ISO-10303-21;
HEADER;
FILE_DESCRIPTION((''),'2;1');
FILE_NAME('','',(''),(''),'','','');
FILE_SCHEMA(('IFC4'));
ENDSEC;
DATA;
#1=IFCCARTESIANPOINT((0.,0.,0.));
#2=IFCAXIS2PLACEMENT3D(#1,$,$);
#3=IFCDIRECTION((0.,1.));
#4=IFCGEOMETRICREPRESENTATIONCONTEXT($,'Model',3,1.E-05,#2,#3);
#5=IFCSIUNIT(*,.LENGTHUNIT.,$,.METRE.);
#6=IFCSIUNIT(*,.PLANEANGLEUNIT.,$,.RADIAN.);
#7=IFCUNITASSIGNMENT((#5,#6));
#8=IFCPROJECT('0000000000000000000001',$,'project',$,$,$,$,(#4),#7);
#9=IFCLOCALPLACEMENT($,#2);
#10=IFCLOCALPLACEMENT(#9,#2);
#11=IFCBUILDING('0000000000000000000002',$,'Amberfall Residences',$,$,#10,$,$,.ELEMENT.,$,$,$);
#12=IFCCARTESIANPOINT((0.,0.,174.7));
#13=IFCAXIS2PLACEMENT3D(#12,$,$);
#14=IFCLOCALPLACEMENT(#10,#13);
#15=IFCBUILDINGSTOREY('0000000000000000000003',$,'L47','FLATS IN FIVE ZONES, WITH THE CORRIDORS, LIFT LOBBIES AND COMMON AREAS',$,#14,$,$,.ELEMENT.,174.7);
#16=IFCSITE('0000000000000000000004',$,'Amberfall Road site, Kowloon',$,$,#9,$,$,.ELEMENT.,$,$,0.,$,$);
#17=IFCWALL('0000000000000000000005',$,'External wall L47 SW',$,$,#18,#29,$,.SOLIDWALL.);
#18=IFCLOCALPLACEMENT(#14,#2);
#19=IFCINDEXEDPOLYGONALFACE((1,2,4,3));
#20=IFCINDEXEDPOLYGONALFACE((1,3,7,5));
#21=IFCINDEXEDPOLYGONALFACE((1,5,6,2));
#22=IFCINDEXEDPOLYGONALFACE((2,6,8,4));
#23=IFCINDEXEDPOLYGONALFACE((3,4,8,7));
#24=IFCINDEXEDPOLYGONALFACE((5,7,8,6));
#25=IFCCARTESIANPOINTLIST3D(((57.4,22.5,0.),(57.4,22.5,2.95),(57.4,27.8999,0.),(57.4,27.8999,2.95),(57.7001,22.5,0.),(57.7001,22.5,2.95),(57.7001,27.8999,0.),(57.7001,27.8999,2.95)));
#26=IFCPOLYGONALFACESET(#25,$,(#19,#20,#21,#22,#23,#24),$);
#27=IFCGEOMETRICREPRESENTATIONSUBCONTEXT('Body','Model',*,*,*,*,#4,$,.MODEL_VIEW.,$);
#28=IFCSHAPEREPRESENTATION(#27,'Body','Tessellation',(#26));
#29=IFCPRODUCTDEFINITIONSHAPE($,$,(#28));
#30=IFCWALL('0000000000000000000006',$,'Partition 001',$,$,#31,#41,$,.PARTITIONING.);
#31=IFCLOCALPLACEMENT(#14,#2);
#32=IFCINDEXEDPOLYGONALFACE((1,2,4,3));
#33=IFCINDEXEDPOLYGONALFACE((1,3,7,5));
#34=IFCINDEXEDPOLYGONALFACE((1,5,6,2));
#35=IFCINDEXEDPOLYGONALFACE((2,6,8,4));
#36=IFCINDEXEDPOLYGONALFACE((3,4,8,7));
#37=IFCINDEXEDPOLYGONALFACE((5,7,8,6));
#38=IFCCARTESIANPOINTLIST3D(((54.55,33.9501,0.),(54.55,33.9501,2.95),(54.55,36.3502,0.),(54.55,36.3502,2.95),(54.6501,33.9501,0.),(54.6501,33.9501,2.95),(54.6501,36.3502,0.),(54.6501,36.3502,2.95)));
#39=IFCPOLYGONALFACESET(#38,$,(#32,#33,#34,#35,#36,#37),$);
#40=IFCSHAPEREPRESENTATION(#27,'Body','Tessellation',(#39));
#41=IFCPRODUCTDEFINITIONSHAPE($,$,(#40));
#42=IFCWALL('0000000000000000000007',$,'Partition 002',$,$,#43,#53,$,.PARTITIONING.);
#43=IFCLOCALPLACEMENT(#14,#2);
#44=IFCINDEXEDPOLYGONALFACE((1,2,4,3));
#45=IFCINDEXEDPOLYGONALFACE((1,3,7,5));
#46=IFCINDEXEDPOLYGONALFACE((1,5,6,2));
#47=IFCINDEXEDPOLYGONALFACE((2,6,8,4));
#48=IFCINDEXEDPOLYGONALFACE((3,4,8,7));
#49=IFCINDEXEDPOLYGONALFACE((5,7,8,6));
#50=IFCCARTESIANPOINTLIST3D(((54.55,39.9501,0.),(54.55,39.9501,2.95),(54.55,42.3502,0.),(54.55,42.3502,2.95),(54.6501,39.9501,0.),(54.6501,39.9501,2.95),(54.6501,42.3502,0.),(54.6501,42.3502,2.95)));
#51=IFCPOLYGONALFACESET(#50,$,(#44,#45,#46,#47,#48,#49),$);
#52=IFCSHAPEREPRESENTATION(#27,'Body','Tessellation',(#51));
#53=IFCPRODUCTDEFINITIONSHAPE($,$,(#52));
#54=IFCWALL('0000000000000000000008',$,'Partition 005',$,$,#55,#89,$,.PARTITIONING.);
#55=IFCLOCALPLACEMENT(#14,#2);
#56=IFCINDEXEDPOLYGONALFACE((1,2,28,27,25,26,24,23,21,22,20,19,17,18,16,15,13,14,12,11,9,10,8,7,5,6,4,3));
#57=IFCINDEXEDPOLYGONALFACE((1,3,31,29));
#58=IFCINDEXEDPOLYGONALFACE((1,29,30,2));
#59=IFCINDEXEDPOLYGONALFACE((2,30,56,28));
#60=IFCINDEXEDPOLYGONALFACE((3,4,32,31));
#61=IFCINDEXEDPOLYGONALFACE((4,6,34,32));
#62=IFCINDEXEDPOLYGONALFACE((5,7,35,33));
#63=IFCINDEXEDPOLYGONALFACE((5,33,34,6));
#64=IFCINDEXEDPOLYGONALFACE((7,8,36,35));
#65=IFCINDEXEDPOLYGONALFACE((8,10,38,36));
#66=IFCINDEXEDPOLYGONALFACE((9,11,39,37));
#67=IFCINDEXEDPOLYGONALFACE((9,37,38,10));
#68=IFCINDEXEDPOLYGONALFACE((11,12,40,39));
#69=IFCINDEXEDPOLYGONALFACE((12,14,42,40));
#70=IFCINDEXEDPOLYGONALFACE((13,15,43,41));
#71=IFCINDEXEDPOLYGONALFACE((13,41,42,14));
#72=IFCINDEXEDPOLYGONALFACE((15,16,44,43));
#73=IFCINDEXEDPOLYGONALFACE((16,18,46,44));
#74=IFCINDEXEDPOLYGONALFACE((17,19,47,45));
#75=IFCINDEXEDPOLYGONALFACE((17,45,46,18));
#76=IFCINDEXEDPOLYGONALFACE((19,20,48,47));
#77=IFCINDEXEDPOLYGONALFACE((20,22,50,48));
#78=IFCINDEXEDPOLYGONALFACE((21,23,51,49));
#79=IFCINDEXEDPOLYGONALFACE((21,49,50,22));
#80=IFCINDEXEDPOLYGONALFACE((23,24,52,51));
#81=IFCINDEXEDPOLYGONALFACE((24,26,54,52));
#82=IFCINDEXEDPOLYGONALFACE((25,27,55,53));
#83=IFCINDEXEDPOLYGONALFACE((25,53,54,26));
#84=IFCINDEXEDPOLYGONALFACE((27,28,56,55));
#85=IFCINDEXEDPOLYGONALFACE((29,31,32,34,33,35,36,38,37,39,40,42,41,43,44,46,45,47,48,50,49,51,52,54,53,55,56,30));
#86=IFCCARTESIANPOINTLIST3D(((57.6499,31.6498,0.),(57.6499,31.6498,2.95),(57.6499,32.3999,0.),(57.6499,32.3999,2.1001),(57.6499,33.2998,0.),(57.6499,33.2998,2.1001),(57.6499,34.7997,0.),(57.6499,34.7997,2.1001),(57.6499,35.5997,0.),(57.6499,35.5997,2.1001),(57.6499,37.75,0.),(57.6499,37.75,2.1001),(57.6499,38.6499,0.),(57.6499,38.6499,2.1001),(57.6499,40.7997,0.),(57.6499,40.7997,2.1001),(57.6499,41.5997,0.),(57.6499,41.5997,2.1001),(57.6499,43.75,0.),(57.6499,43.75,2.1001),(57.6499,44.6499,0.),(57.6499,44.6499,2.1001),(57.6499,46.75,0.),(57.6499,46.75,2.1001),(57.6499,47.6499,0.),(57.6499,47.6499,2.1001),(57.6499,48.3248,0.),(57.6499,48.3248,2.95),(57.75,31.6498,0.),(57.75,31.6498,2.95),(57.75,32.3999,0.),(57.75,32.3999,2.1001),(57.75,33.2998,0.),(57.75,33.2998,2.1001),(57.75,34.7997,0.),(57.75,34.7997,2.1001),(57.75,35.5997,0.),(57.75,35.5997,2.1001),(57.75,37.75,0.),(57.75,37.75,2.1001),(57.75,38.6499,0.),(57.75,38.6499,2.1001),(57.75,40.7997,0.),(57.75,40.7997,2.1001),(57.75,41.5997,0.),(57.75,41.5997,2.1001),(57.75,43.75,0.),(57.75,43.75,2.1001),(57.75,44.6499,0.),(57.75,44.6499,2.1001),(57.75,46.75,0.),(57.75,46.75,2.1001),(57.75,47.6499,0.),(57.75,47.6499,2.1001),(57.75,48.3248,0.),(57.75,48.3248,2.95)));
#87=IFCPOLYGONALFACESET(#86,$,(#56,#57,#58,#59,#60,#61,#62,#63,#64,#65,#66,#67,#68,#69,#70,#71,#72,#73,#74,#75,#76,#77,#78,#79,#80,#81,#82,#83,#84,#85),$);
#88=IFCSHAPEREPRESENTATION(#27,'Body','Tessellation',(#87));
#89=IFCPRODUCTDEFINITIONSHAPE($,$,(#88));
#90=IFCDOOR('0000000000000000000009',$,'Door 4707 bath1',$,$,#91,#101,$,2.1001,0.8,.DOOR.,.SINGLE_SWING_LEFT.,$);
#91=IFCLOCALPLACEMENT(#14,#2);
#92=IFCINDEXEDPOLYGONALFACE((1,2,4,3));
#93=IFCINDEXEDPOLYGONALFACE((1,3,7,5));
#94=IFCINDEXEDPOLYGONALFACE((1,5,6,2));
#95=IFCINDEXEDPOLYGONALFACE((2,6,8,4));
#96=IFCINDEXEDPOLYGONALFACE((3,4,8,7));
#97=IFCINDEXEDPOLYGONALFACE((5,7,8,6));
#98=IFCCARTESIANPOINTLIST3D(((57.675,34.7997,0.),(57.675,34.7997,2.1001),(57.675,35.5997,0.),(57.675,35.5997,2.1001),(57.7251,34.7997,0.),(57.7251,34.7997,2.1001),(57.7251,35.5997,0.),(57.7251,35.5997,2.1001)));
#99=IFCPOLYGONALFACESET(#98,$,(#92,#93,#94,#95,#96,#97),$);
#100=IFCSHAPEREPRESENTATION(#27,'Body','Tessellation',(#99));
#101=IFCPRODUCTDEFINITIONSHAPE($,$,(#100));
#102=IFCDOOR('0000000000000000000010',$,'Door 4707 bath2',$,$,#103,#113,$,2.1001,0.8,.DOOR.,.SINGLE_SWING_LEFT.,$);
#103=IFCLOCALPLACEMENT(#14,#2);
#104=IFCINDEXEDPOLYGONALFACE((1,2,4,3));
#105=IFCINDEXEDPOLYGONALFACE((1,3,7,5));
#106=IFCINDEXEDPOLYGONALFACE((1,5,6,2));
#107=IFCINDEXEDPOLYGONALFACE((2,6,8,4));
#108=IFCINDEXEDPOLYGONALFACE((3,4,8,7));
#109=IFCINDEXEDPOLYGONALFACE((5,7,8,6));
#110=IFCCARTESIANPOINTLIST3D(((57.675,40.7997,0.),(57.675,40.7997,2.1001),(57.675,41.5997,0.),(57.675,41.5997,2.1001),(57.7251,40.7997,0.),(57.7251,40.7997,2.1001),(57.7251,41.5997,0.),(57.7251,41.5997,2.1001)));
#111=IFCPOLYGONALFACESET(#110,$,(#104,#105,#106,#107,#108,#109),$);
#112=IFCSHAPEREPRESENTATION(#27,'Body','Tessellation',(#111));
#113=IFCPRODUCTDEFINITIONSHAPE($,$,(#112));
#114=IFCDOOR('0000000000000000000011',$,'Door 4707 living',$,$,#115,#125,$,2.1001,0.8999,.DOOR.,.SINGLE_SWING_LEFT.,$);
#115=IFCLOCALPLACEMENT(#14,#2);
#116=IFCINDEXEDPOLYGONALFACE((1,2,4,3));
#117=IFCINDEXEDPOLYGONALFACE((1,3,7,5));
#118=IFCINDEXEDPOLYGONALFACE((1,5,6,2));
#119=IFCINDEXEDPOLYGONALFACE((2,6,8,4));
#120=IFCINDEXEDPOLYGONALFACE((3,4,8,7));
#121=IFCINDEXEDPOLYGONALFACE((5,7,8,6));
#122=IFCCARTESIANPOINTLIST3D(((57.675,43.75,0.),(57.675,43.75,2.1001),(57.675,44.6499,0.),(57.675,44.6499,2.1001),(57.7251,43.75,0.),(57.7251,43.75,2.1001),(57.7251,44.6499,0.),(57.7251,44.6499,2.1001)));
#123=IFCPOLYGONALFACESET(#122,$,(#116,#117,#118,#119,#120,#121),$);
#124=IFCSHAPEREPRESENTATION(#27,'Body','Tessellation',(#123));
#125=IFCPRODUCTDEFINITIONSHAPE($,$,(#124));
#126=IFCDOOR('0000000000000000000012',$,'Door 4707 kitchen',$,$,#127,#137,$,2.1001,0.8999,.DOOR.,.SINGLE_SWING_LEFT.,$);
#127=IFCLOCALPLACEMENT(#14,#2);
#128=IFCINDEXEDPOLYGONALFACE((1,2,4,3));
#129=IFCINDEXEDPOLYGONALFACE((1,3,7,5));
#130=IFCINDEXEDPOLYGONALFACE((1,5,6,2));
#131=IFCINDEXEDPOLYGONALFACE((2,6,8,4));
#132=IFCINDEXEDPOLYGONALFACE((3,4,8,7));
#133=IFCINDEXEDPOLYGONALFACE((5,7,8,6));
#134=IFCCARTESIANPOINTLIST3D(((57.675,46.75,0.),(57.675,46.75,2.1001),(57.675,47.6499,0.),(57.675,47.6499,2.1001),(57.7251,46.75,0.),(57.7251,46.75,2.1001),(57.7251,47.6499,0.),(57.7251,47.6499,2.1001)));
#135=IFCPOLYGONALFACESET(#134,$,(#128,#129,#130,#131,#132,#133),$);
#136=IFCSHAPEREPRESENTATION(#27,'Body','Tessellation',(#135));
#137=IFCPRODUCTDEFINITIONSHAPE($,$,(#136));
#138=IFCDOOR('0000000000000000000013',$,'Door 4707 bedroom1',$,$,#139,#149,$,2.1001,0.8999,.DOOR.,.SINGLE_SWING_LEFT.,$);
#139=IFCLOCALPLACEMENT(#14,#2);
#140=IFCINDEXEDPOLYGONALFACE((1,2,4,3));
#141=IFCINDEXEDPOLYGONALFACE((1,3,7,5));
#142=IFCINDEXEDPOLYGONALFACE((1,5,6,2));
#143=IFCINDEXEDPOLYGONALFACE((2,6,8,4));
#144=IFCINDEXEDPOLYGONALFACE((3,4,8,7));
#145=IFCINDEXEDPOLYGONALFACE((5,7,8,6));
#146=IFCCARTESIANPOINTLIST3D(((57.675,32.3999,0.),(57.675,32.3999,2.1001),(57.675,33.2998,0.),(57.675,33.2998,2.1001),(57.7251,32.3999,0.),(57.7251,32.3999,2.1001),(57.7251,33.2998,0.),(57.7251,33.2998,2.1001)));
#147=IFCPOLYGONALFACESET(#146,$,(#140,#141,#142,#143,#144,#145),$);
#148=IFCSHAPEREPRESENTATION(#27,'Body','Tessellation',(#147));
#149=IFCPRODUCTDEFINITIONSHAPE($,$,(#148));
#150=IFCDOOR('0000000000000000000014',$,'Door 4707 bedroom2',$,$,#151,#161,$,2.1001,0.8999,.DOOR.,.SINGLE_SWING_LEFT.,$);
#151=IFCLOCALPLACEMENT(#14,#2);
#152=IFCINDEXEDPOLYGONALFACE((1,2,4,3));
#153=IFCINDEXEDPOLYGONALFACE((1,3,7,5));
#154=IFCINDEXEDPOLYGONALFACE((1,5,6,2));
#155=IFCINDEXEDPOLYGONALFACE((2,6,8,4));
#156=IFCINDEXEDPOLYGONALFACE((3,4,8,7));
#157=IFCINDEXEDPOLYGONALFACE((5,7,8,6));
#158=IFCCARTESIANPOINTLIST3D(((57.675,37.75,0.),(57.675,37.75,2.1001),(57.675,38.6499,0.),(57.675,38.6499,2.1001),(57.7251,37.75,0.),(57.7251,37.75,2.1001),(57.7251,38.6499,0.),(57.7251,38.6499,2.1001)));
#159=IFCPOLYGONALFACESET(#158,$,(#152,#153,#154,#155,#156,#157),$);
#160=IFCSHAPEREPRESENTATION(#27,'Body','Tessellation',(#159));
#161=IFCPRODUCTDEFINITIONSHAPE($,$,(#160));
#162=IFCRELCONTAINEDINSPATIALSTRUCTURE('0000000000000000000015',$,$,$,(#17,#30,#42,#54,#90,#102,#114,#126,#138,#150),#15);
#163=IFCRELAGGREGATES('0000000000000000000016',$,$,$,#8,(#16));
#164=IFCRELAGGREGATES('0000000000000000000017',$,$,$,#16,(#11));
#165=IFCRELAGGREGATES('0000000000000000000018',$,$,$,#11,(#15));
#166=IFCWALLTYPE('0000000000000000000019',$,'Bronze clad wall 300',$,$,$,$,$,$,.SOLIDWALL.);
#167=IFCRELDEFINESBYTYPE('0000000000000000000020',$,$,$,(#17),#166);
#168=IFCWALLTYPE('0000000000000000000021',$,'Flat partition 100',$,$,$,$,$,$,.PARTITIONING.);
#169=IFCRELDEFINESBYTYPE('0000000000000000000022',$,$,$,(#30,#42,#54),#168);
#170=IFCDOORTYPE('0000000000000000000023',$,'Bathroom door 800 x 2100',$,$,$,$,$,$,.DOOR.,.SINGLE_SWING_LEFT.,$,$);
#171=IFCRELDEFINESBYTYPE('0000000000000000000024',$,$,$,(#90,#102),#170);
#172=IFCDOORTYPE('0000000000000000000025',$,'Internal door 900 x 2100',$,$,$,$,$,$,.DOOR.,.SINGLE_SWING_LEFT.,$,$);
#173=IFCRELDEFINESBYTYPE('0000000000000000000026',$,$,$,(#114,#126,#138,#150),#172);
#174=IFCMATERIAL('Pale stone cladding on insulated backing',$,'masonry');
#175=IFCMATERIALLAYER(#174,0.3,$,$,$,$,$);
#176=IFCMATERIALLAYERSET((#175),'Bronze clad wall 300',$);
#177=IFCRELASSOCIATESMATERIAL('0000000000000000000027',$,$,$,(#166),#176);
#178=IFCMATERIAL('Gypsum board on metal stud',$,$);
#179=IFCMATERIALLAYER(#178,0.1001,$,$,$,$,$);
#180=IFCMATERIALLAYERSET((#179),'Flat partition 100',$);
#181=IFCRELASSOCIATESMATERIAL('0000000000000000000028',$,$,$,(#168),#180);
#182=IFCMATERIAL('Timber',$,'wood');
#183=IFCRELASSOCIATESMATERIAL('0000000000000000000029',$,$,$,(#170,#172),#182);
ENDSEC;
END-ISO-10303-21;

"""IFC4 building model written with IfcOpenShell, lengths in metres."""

from ifc_helpers import new_model, si_unit, direction, frame, frame_2d, origin, place, context, subcontext, project, spatial, rectangle, extrude, material, layer, layer_set, type_object, element, fill, save


model = new_model("IFC4")

# Units and contexts
model_context = context("Model", 3, precision=1e-05, world=origin(), true_north=direction((0.0, 1.0)))
body_context = subcontext(model_context, "Body", "Model", "MODEL_VIEW")
ifc_project = project(units=[si_unit("LENGTHUNIT", "METRE"), si_unit("PLANEANGLEUNIT", "RADIAN")], contexts=[model_context])

# Site, building, storey
site_placement = place(None, origin())
site = spatial("IfcSite", under=ifc_project, at=site_placement, Name="Amberfall Road site, Kowloon", CompositionType="ELEMENT", RefElevation=0.0)
building_placement = place(site_placement, origin())
building = spatial("IfcBuilding", under=site, at=building_placement, Name="Amberfall Residences", CompositionType="ELEMENT")
storey_placement = place(building_placement, frame((0.0, 0.0, 174.7)))
storey = spatial("IfcBuildingStorey", under=building, at=storey_placement, Name="L47", Description="FLATS IN FIVE ZONES, WITH THE CORRIDORS, LIFT LOBBIES AND COMMON AREAS", CompositionType="ELEMENT", Elevation=174.7)

# Walls
ifc_material_1 = material(Name="Pale stone cladding on insulated backing", Category="masonry")
ifc_layer_1 = layer(ifc_material_1, 0.3)
ifc_layer_set_1 = layer_set([ifc_layer_1], Name="Bronze clad wall 300")
wall_type_1 = type_object("IfcWallType", Name="Bronze clad wall 300", PredefinedType="SOLIDWALL", material=ifc_layer_set_1)
wall_1_placement = place(storey_placement, frame((57.55, 27.8999, 0.0), z_axis=(0.0, 0.0, 1.0), x_axis=(0.0, -1.0, 0.0)))
element("IfcWall", 1, at=wall_1_placement, inside=storey, type_object=wall_type_1, Name="External wall L47 SW", PredefinedType="SOLIDWALL", context=body_context, shape_type="SweptSolid", body=[
    extrude(rectangle(XDim=5.3999, YDim=0.3, at=frame_2d((2.7, 0.0))), origin(), (0.0, 0.0, 1.0), 2.95),
])
ifc_material_2 = material(Name="Gypsum board on metal stud")
ifc_layer_2 = layer(ifc_material_2, 0.1001)
ifc_layer_set_2 = layer_set([ifc_layer_2], Name="Flat partition 100")
wall_type_2 = type_object("IfcWallType", Name="Flat partition 100", PredefinedType="PARTITIONING", material=ifc_layer_set_2)
for number, where, z_axis, x_axis, name in (
    (2, (54.6001, 33.95, 0.0), (0.0, 0.0, 1.0), (0.0, 1.0, 0.0), "Partition 001"),
    (3, (54.6001, 39.95, 0.0), (0.0, 0.0, 1.0), (0.0, 1.0, 0.0), "Partition 002"),
):
    element("IfcWall", number, at=place(storey_placement, frame(where, z_axis=z_axis, x_axis=x_axis)), inside=storey, type_object=wall_type_2, Name=name, PredefinedType="PARTITIONING", context=body_context, shape_type="SweptSolid", body=[
        extrude(rectangle(XDim=2.4001, YDim=0.1001, at=frame_2d((1.2002, 0.0))), origin(), (0.0, 0.0, 1.0), 2.95),
    ])

# Wall, openings, doors
wall_2_placement = place(storey_placement, frame((57.7, 31.6499, 0.0), z_axis=(0.0, 0.0, 1.0), x_axis=(0.0, 1.0, 0.0)))
wall_2 = element("IfcWall", 4, at=wall_2_placement, inside=storey, type_object=wall_type_2, Name="Partition 005", PredefinedType="PARTITIONING", context=body_context, shape_type="SweptSolid", body=[
    extrude(rectangle(XDim=16.675, YDim=0.1001, at=frame_2d((8.3374, 0.0))), origin(), (0.0, 0.0, 1.0), 2.95),
])
opening_1_placement = place(wall_2_placement, frame((12.1001, 0.0, 0.0)))
opening_1 = element("IfcOpeningElement", 5, at=opening_1_placement, cuts=wall_2, PredefinedType="OPENING", context=body_context, shape_type="SweptSolid", body=[
    extrude(rectangle(XDim=0.8999, YDim=2.1001, at=frame_2d((0.45, 1.05))), frame((0.0, 0.0601, 0.0), z_axis=(0.0, -1.0, 0.0), x_axis=(1.0, 0.0, 0.0)), (0.0, 0.0, 1.0), 0.1201),
])
opening_2_placement = place(wall_2_placement, frame((15.1001, 0.0, 0.0)))
opening_2 = element("IfcOpeningElement", 6, at=opening_2_placement, cuts=wall_2, PredefinedType="OPENING", context=body_context, shape_type="SweptSolid", body=[
    extrude(rectangle(XDim=0.8999, YDim=2.1001, at=frame_2d((0.45, 1.05))), frame((0.0, 0.0601, 0.0), z_axis=(0.0, -1.0, 0.0), x_axis=(1.0, 0.0, 0.0)), (0.0, 0.0, 1.0), 0.1201),
])
opening_3_placement = place(wall_2_placement, frame((0.75, 0.0, 0.0)))
opening_3 = element("IfcOpeningElement", 7, at=opening_3_placement, cuts=wall_2, PredefinedType="OPENING", context=body_context, shape_type="SweptSolid", body=[
    extrude(rectangle(XDim=0.8999, YDim=2.1001, at=frame_2d((0.45, 1.05))), frame((0.0, 0.0601, 0.0), z_axis=(0.0, -1.0, 0.0), x_axis=(1.0, 0.0, 0.0)), (0.0, 0.0, 1.0), 0.1201),
])
opening_4_placement = place(wall_2_placement, frame((6.1001, 0.0, 0.0)))
opening_4 = element("IfcOpeningElement", 8, at=opening_4_placement, cuts=wall_2, PredefinedType="OPENING", context=body_context, shape_type="SweptSolid", body=[
    extrude(rectangle(XDim=0.8999, YDim=2.1001, at=frame_2d((0.45, 1.05))), frame((0.0, 0.0601, 0.0), z_axis=(0.0, -1.0, 0.0), x_axis=(1.0, 0.0, 0.0)), (0.0, 0.0, 1.0), 0.1201),
])
opening_5_placement = place(wall_2_placement, frame((3.1499, 0.0, 0.0)))
opening_5 = element("IfcOpeningElement", 9, at=opening_5_placement, cuts=wall_2, PredefinedType="OPENING", context=body_context, shape_type="SweptSolid", body=[
    extrude(rectangle(XDim=0.8, YDim=2.1001, at=frame_2d((0.3999, 1.05))), frame((0.0, 0.0601, 0.0), z_axis=(0.0, -1.0, 0.0), x_axis=(1.0, 0.0, 0.0)), (0.0, 0.0, 1.0), 0.1201),
])
opening_6_placement = place(wall_2_placement, frame((9.1499, 0.0, 0.0)))
opening_6 = element("IfcOpeningElement", 10, at=opening_6_placement, cuts=wall_2, PredefinedType="OPENING", context=body_context, shape_type="SweptSolid", body=[
    extrude(rectangle(XDim=0.8, YDim=2.1001, at=frame_2d((0.3999, 1.05))), frame((0.0, 0.0601, 0.0), z_axis=(0.0, -1.0, 0.0), x_axis=(1.0, 0.0, 0.0)), (0.0, 0.0, 1.0), 0.1201),
])
ifc_material_3 = material(Name="Timber", Category="wood")
door_type_1 = type_object("IfcDoorType", Name="Bathroom door 800 x 2100", OperationType="SINGLE_SWING_LEFT", PredefinedType="DOOR", material=ifc_material_3)
door_1_placement = place(opening_5_placement, origin())
door_1 = element("IfcDoor", 11, at=door_1_placement, inside=storey, type_object=door_type_1, Name="Door 4707 bath1", OperationType="SINGLE_SWING_LEFT", OverallHeight=2.1001, OverallWidth=0.8, PredefinedType="DOOR", context=body_context, shape_type="SweptSolid", body=[
    extrude(rectangle(XDim=0.8, YDim=2.1001, at=frame_2d((0.3999, 1.05))), frame((0.0, 0.0249, 0.0), z_axis=(0.0, -1.0, 0.0), x_axis=(1.0, 0.0, 0.0)), (0.0, 0.0, 1.0), 0.05),
])
fill(opening_5, door_1)
door_2_placement = place(opening_6_placement, origin())
door_2 = element("IfcDoor", 12, at=door_2_placement, inside=storey, type_object=door_type_1, Name="Door 4707 bath2", OperationType="SINGLE_SWING_LEFT", OverallHeight=2.1001, OverallWidth=0.8, PredefinedType="DOOR", context=body_context, shape_type="SweptSolid", body=[
    extrude(rectangle(XDim=0.8, YDim=2.1001, at=frame_2d((0.3999, 1.05))), frame((0.0, 0.0249, 0.0), z_axis=(0.0, -1.0, 0.0), x_axis=(1.0, 0.0, 0.0)), (0.0, 0.0, 1.0), 0.05),
])
fill(opening_6, door_2)
door_type_2 = type_object("IfcDoorType", Name="Internal door 900 x 2100", OperationType="SINGLE_SWING_LEFT", PredefinedType="DOOR", material=ifc_material_3)
door_3_placement = place(opening_1_placement, origin())
door_3 = element("IfcDoor", 13, at=door_3_placement, inside=storey, type_object=door_type_2, Name="Door 4707 living", OperationType="SINGLE_SWING_LEFT", OverallHeight=2.1001, OverallWidth=0.8999, PredefinedType="DOOR", context=body_context, shape_type="SweptSolid", body=[
    extrude(rectangle(XDim=0.8999, YDim=2.1001, at=frame_2d((0.45, 1.05))), frame((0.0, 0.0249, 0.0), z_axis=(0.0, -1.0, 0.0), x_axis=(1.0, 0.0, 0.0)), (0.0, 0.0, 1.0), 0.05),
])
fill(opening_1, door_3)
door_4_placement = place(opening_2_placement, origin())
door_4 = element("IfcDoor", 14, at=door_4_placement, inside=storey, type_object=door_type_2, Name="Door 4707 kitchen", OperationType="SINGLE_SWING_LEFT", OverallHeight=2.1001, OverallWidth=0.8999, PredefinedType="DOOR", context=body_context, shape_type="SweptSolid", body=[
    extrude(rectangle(XDim=0.8999, YDim=2.1001, at=frame_2d((0.45, 1.05))), frame((0.0, 0.0249, 0.0), z_axis=(0.0, -1.0, 0.0), x_axis=(1.0, 0.0, 0.0)), (0.0, 0.0, 1.0), 0.05),
])
fill(opening_2, door_4)
door_5_placement = place(opening_3_placement, origin())
door_5 = element("IfcDoor", 15, at=door_5_placement, inside=storey, type_object=door_type_2, Name="Door 4707 bedroom1", OperationType="SINGLE_SWING_LEFT", OverallHeight=2.1001, OverallWidth=0.8999, PredefinedType="DOOR", context=body_context, shape_type="SweptSolid", body=[
    extrude(rectangle(XDim=0.8999, YDim=2.1001, at=frame_2d((0.45, 1.05))), frame((0.0, 0.0249, 0.0), z_axis=(0.0, -1.0, 0.0), x_axis=(1.0, 0.0, 0.0)), (0.0, 0.0, 1.0), 0.05),
])
fill(opening_3, door_5)
door_6_placement = place(opening_4_placement, origin())
door_6 = element("IfcDoor", 16, at=door_6_placement, inside=storey, type_object=door_type_2, Name="Door 4707 bedroom2", OperationType="SINGLE_SWING_LEFT", OverallHeight=2.1001, OverallWidth=0.8999, PredefinedType="DOOR", context=body_context, shape_type="SweptSolid", body=[
    extrude(rectangle(XDim=0.8999, YDim=2.1001, at=frame_2d((0.45, 1.05))), frame((0.0, 0.0249, 0.0), z_axis=(0.0, -1.0, 0.0), x_axis=(1.0, 0.0, 0.0)), (0.0, 0.0, 1.0), 0.05),
])
fill(opening_4, door_6)

save(model, "model.ifc")
